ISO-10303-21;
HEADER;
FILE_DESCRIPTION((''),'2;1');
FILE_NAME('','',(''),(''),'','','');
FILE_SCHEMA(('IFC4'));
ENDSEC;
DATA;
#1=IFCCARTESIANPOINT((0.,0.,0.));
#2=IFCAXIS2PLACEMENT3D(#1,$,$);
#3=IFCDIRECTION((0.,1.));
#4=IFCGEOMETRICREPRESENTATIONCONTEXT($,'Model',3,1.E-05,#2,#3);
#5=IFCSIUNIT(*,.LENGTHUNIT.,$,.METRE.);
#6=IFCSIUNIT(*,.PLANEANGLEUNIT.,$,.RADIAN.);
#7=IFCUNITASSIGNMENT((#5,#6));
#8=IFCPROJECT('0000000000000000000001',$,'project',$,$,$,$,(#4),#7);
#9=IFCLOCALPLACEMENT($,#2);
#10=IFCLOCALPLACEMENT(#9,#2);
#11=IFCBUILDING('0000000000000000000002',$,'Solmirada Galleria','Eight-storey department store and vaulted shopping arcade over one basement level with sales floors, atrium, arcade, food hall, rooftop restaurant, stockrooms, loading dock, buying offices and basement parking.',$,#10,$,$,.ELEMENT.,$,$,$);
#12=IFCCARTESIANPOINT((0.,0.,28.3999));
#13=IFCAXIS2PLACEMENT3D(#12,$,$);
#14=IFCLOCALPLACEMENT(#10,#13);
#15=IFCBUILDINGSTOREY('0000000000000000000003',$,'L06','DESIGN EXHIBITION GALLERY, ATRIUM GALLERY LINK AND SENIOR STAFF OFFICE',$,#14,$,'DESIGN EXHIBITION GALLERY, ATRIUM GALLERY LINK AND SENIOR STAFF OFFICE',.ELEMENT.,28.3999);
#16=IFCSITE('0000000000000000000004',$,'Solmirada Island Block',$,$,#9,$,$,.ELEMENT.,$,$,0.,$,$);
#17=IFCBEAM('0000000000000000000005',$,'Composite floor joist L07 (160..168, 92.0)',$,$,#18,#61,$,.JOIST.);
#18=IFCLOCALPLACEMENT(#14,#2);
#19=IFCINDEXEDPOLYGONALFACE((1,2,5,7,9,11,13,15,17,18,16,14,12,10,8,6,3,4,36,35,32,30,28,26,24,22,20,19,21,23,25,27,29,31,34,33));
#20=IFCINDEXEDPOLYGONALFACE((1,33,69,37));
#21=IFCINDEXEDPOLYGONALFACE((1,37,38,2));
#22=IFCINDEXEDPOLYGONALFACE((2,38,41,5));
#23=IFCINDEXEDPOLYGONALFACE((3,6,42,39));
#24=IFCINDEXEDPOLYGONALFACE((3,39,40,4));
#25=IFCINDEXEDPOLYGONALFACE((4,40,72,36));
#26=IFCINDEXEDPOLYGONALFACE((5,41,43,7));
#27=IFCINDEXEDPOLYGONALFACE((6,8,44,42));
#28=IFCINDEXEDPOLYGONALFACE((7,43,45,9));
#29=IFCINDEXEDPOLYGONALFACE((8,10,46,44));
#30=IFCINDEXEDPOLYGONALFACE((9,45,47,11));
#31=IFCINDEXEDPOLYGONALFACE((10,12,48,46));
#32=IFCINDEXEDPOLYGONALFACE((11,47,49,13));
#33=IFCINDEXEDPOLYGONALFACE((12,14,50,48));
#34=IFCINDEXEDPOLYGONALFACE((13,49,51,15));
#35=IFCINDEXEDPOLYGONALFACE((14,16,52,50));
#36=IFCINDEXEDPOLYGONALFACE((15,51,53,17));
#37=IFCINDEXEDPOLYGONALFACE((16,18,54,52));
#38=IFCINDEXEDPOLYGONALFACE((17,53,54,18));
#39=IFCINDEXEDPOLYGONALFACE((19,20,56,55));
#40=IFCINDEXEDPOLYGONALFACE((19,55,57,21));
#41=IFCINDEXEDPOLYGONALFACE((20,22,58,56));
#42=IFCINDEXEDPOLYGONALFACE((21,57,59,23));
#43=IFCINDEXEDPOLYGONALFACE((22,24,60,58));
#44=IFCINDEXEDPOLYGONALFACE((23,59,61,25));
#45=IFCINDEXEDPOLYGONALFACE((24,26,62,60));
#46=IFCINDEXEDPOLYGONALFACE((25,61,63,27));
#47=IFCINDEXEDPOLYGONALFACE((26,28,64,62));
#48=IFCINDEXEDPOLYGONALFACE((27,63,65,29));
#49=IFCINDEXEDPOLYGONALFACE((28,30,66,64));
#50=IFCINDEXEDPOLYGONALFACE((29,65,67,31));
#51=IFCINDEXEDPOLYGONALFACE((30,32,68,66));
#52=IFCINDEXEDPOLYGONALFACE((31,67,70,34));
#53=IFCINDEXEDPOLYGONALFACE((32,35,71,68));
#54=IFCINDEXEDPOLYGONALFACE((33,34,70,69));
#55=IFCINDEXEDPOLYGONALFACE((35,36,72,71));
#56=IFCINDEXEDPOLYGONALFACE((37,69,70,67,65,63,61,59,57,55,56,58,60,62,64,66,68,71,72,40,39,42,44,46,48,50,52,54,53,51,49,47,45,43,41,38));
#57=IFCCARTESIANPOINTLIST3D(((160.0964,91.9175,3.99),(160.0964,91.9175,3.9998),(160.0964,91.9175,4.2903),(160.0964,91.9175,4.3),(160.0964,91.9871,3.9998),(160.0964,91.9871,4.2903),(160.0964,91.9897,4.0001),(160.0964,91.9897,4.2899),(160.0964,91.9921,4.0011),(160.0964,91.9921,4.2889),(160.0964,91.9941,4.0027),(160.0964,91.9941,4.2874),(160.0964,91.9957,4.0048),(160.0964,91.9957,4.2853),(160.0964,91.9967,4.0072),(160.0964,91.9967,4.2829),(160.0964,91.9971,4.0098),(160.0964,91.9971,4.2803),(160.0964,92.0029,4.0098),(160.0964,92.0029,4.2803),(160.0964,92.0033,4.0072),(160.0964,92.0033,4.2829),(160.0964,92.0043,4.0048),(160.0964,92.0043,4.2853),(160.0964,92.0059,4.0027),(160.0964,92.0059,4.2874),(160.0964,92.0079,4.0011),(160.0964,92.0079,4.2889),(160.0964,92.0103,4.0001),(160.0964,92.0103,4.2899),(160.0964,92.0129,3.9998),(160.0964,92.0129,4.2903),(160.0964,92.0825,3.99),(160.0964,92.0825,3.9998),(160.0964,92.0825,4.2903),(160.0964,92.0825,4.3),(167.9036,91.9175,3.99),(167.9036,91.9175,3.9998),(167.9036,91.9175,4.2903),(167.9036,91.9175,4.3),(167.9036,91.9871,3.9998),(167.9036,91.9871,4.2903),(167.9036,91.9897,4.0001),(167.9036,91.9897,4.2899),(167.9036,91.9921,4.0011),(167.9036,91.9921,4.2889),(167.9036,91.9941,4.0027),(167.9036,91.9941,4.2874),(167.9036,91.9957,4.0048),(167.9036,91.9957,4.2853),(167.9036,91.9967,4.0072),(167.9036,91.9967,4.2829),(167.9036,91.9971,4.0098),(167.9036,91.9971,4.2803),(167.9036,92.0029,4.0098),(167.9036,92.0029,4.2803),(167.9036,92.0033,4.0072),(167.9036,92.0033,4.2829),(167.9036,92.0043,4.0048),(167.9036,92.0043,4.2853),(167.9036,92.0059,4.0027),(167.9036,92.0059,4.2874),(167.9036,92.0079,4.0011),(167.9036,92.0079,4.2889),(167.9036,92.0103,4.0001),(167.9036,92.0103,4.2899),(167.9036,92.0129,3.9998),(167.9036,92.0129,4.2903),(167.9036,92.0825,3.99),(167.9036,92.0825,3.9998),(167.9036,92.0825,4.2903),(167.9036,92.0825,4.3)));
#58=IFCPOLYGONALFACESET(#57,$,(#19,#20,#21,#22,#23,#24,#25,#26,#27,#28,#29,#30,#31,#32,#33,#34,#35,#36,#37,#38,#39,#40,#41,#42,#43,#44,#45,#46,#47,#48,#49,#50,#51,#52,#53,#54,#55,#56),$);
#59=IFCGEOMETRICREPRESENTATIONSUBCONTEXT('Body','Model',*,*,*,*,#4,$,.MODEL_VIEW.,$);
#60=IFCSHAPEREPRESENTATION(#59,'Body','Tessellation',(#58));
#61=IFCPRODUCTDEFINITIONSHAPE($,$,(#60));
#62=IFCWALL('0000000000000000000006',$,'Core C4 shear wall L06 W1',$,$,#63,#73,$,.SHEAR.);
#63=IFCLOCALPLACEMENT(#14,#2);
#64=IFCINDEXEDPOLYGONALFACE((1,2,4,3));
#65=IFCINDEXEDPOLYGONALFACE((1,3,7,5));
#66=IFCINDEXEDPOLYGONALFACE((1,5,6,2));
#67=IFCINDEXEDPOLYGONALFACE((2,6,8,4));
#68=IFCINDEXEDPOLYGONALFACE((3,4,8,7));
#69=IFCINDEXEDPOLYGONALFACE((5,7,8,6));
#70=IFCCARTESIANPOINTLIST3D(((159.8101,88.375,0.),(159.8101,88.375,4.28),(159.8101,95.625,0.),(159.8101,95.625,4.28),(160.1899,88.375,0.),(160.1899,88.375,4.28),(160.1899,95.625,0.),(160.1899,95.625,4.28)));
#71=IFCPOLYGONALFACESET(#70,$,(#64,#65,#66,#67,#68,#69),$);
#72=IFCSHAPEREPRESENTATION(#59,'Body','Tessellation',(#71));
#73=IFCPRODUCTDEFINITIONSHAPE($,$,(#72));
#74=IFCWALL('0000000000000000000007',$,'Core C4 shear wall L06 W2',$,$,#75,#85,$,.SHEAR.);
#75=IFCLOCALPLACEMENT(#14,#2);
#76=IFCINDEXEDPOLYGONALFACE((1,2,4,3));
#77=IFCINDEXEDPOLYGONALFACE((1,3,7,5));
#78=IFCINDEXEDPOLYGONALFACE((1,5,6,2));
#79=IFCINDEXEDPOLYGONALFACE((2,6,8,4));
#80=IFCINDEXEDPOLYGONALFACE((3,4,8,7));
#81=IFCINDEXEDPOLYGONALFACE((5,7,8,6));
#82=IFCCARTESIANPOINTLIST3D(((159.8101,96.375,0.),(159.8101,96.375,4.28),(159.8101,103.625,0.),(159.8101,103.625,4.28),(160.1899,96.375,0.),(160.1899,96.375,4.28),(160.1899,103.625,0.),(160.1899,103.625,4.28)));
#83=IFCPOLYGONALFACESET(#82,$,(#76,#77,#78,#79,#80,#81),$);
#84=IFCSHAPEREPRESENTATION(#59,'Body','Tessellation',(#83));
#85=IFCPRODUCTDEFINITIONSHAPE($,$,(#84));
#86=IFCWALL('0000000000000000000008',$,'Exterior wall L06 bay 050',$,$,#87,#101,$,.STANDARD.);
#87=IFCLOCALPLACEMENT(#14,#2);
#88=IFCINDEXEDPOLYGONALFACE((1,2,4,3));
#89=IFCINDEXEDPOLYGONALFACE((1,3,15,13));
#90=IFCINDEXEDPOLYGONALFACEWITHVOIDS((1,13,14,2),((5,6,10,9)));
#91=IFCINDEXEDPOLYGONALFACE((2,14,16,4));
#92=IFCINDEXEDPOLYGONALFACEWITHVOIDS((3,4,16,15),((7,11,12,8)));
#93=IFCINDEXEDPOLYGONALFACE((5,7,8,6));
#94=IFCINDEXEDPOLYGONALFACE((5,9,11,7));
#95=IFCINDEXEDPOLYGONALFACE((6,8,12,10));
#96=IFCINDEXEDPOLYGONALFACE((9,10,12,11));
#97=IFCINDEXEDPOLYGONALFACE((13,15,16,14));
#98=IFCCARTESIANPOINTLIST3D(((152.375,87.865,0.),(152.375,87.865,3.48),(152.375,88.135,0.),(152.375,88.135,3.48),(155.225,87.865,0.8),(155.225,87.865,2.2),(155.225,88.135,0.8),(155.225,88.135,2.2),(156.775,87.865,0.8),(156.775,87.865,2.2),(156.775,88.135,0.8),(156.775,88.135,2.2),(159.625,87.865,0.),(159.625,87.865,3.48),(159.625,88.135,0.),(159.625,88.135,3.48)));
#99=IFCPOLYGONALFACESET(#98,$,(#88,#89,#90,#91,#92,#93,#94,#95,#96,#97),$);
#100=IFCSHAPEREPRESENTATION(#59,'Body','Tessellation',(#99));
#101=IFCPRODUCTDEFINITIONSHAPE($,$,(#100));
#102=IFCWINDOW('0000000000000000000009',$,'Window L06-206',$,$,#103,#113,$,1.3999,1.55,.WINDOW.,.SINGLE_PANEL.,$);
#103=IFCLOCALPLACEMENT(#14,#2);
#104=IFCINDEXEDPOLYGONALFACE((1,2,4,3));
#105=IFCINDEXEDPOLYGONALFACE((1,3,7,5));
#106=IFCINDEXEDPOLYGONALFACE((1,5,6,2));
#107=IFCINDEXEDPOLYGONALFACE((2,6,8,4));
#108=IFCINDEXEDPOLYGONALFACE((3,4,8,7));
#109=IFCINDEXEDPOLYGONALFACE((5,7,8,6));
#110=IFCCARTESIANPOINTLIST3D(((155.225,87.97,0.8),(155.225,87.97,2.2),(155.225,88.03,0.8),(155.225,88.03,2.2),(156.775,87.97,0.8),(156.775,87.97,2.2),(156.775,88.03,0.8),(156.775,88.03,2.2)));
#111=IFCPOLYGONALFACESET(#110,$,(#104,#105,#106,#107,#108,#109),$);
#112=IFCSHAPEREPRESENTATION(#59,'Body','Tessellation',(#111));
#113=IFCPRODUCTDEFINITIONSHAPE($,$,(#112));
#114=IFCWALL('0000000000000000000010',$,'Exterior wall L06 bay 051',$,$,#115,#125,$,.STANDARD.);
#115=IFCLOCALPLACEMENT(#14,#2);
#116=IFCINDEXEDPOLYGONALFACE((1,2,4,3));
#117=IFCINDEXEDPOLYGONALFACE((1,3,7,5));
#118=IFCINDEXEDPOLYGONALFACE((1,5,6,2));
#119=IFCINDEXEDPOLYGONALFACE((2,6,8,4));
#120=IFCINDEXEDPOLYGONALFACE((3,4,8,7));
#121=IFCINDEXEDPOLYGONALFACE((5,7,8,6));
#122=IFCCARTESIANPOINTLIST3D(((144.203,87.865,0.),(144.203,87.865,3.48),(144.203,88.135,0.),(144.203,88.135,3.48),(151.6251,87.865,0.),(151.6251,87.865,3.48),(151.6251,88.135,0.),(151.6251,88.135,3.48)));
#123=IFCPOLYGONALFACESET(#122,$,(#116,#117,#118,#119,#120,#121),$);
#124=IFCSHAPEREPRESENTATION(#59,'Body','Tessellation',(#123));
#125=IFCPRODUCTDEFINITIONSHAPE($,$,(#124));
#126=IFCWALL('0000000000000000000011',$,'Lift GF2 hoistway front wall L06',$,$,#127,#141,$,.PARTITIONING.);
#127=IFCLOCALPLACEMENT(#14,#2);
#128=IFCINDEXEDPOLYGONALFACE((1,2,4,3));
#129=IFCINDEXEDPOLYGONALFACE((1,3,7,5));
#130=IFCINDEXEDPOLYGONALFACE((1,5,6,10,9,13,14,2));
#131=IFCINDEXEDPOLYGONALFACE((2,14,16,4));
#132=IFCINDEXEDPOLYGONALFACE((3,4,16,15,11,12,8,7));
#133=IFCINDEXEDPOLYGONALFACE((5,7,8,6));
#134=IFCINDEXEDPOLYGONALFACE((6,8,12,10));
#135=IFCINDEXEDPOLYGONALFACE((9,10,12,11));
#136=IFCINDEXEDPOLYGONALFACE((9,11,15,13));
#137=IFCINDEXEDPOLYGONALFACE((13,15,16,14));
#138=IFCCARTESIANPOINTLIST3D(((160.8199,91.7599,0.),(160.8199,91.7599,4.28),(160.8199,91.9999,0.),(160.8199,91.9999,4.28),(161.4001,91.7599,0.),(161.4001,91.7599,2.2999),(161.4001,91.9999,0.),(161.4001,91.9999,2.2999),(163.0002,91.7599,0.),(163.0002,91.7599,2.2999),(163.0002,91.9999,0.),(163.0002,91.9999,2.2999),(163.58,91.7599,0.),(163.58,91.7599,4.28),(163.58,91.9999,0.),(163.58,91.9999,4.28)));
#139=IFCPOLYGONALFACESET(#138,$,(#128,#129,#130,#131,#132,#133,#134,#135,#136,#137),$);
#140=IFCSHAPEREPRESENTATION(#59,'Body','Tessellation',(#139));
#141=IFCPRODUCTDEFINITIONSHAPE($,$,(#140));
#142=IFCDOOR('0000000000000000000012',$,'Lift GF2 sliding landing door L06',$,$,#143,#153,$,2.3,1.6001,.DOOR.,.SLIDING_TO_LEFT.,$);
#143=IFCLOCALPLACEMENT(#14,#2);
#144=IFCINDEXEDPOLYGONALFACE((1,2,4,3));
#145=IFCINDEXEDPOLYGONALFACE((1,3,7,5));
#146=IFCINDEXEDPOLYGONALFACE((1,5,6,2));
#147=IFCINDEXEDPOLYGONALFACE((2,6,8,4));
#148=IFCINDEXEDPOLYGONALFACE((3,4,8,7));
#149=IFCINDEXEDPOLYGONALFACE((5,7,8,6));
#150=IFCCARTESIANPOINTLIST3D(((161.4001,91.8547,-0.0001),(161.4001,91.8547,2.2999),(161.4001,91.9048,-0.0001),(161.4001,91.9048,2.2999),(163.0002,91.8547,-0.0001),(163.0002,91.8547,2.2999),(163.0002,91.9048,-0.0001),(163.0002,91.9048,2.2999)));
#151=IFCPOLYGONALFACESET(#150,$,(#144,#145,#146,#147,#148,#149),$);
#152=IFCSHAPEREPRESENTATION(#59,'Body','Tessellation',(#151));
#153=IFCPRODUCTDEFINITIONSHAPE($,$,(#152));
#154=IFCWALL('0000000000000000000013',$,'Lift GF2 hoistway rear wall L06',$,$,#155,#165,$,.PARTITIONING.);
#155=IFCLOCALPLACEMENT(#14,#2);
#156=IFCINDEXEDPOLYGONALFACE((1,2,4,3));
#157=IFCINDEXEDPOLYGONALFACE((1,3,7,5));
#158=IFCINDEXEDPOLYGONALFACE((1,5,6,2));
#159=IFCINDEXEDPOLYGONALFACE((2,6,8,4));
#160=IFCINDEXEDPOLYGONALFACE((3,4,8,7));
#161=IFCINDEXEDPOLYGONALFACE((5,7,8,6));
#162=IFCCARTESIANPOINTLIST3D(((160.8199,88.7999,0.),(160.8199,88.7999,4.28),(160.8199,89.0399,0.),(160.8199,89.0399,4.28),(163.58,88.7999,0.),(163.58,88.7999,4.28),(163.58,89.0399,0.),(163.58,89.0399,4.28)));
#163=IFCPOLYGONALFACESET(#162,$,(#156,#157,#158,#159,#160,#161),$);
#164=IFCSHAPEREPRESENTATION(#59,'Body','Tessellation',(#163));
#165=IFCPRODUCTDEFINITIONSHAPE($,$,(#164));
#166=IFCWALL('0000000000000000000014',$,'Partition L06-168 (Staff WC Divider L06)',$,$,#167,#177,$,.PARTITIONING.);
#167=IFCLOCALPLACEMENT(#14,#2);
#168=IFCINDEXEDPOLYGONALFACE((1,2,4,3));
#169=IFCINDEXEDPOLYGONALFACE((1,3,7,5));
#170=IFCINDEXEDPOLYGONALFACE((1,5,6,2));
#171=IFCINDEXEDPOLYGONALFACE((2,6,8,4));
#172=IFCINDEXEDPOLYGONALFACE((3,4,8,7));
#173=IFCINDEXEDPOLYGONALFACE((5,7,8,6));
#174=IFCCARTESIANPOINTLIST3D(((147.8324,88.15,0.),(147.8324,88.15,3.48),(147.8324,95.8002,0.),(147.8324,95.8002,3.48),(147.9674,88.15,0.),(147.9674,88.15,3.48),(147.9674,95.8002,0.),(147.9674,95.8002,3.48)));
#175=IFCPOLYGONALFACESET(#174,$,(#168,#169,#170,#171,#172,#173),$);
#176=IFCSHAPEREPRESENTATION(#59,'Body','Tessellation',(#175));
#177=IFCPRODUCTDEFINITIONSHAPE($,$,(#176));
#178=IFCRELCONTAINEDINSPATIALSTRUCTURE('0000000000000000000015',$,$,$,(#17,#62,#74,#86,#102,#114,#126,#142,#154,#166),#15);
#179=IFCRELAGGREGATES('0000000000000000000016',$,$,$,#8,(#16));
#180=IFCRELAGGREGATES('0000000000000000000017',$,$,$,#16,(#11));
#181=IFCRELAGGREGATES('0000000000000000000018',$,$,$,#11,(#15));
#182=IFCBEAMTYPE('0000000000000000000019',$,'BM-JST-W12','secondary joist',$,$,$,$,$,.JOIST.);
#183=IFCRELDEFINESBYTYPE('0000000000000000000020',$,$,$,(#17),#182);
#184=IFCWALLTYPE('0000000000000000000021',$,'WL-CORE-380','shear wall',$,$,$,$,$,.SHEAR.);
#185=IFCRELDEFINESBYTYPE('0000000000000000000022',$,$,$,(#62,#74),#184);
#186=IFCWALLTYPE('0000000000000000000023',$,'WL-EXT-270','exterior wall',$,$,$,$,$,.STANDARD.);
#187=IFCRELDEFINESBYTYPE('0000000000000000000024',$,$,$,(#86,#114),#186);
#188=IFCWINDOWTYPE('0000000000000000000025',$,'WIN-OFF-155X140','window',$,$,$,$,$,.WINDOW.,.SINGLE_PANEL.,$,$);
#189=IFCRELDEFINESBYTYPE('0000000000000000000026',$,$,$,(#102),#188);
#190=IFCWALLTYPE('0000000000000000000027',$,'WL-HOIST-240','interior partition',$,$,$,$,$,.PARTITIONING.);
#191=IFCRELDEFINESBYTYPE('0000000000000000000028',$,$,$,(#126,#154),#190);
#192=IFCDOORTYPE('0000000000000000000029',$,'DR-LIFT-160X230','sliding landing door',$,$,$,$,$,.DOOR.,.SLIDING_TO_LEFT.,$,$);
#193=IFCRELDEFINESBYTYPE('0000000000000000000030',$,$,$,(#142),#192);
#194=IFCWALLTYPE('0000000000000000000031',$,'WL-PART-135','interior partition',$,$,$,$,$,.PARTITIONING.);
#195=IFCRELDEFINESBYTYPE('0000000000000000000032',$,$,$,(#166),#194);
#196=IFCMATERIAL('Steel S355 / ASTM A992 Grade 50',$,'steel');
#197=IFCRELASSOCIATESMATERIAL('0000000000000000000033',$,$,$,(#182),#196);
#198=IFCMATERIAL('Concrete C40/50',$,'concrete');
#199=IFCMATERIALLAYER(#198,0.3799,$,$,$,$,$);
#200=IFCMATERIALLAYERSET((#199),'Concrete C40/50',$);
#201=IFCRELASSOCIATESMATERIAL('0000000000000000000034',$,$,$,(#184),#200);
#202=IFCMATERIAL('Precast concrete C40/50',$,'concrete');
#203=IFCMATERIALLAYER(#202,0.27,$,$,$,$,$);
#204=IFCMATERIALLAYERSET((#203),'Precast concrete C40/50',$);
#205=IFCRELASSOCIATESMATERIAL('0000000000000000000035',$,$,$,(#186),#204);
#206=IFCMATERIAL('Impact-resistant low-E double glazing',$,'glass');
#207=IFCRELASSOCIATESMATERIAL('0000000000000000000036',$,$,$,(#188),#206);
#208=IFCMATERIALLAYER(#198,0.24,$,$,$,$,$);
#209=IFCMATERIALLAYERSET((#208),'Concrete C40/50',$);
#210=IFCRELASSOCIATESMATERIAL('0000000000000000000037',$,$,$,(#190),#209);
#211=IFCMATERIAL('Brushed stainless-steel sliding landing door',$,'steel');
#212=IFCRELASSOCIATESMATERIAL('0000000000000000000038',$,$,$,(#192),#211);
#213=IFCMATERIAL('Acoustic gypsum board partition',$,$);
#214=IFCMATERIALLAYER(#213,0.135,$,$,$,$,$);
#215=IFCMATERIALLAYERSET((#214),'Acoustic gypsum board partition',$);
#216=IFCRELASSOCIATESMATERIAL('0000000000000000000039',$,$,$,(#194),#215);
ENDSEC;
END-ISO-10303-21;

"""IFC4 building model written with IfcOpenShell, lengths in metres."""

from ifc_helpers import new_model, si_unit, direction, frame, frame_2d, origin, origin_2d, place, context, subcontext, project, spatial, rectangle, i_section, extrude, material, layer, layer_set, material_profile, profile_set, type_object, element, fill, save


model = new_model("IFC4")

# Units and contexts
model_context = context("Model", 3, precision=1e-05, world=origin(), true_north=direction((0.0, 1.0)))
body_context = subcontext(model_context, "Body", "Model", "MODEL_VIEW")
ifc_project = project(units=[si_unit("LENGTHUNIT", "METRE"), si_unit("PLANEANGLEUNIT", "RADIAN")], contexts=[model_context])

# Site, building, storey
site_placement = place(None, origin())
site = spatial("IfcSite", under=ifc_project, at=site_placement, Name="Solmirada Island Block", CompositionType="ELEMENT", RefElevation=0.0)
building_placement = place(site_placement, origin())
building = spatial("IfcBuilding", under=site, at=building_placement, Name="Solmirada Galleria", Description="Eight-storey department store and vaulted shopping arcade over one basement level with sales floors, atrium, arcade, food hall, rooftop restaurant, stockrooms, loading dock, buying offices and basement parking.", CompositionType="ELEMENT")
storey_placement = place(building_placement, frame((0.0, 0.0, 28.3999)))
storey = spatial("IfcBuildingStorey", under=building, at=storey_placement, Name="L06", Description="DESIGN EXHIBITION GALLERY, ATRIUM GALLERY LINK AND SENIOR STAFF OFFICE", LongName="DESIGN EXHIBITION GALLERY, ATRIUM GALLERY LINK AND SENIOR STAFF OFFICE", CompositionType="ELEMENT", Elevation=28.3999)

# Shared definitions
ifc_material_1 = material(Name="Concrete C40/50", Category="concrete")

# Beam
ifc_material_2 = material(Name="Steel S355 / ASTM A992 Grade 50", Category="steel")
ifc_material_profile_1 = material_profile(ifc_material_2, i_section(OverallWidth=0.165, OverallDepth=0.3101, WebThickness=0.0059, FlangeThickness=0.0098, FilletRadius=0.01, at=origin_2d()), Name="W12X26")
ifc_profile_set_1 = profile_set([ifc_material_profile_1], Name="Steel S355 / ASTM A992 Grade 50")
beam_type_1 = type_object("IfcBeamType", Name="BM-JST-W12", Description="secondary joist", PredefinedType="JOIST", material=ifc_profile_set_1)
for number, where, z_axis, x_axis, name in (
    (1, (160.0964, 92.0, 4.145), (1.0, 0.0, 0.0), (0.0, 1.0, 0.0), "Composite floor joist L07 (160..168, 92.0)"),
):
    element("IfcBeam", number, at=place(storey_placement, frame(where, z_axis=z_axis, x_axis=x_axis)), inside=storey, type_object=beam_type_1, Name=name, PredefinedType="JOIST", context=body_context, shape_type="SweptSolid", body=[
        extrude(i_section(OverallWidth=0.165, OverallDepth=0.3101, WebThickness=0.0059, FlangeThickness=0.0098, FilletRadius=0.01, at=origin_2d()), origin(), (0.0, 0.0, 1.0), 7.8071),
    ])

# Walls
ifc_layer_1 = layer(ifc_material_1, 0.3799)
ifc_layer_set_1 = layer_set([ifc_layer_1], Name="Concrete C40/50")
wall_type_1 = type_object("IfcWallType", Name="WL-CORE-380", Description="shear wall", PredefinedType="SHEAR", material=ifc_layer_set_1)
for number, where, z_axis, x_axis, name in (
    (2, (160.0, 88.375, 0.0), (0.0, 0.0, 1.0), (0.0, 1.0, 0.0), "Core C4 shear wall L06 W1"),
    (3, (160.0, 96.375, 0.0), (0.0, 0.0, 1.0), (0.0, 1.0, 0.0), "Core C4 shear wall L06 W2"),
):
    element("IfcWall", number, at=place(storey_placement, frame(where, z_axis=z_axis, x_axis=x_axis)), inside=storey, type_object=wall_type_1, Name=name, PredefinedType="SHEAR", context=body_context, shape_type="SweptSolid", body=[
        extrude(rectangle(XDim=7.25, YDim=0.3799, at=frame_2d((3.625, 0.0))), origin(), (0.0, 0.0, 1.0), 4.28),
    ])

# Wall, opening, window
ifc_material_3 = material(Name="Precast concrete C40/50", Category="concrete")
ifc_layer_2 = layer(ifc_material_3, 0.27)
ifc_layer_set_2 = layer_set([ifc_layer_2], Name="Precast concrete C40/50")
wall_type_2 = type_object("IfcWallType", Name="WL-EXT-270", Description="exterior wall", PredefinedType="STANDARD", material=ifc_layer_set_2)
wall_1_placement = place(storey_placement, frame((159.625, 88.0, 0.0), z_axis=(0.0, 0.0, 1.0), x_axis=(-1.0, 0.0, 0.0)))
wall_1 = element("IfcWall", 4, at=wall_1_placement, inside=storey, type_object=wall_type_2, Name="Exterior wall L06 bay 050", PredefinedType="STANDARD", context=body_context, shape_type="SweptSolid", body=[
    extrude(rectangle(XDim=7.25, YDim=0.27, at=frame_2d((3.625, 0.0))), origin(), (0.0, 0.0, 1.0), 3.48),
])
opening_1_placement = place(wall_1_placement, frame((2.8501, 0.0, 0.8)))
opening_1 = element("IfcOpeningElement", 5, at=opening_1_placement, cuts=wall_1, PredefinedType="OPENING", context=body_context, shape_type="SweptSolid", body=[
    extrude(rectangle(XDim=1.55, YDim=1.3999, at=frame_2d((0.7749, 0.7))), frame((0.0, 0.145, 0.0), z_axis=(0.0, -1.0, 0.0), x_axis=(1.0, 0.0, 0.0)), (0.0, 0.0, 1.0), 0.29),
])
ifc_material_4 = material(Name="Impact-resistant low-E double glazing", Category="glass")
window_type = type_object("IfcWindowType", Name="WIN-OFF-155X140", Description="window", PartitioningType="SINGLE_PANEL", PredefinedType="WINDOW", material=ifc_material_4)
window_placement = place(opening_1_placement, origin())
window = element("IfcWindow", 6, at=window_placement, inside=storey, type_object=window_type, Name="Window L06-206", OverallHeight=1.3999, OverallWidth=1.55, PartitioningType="SINGLE_PANEL", PredefinedType="WINDOW", context=body_context, shape_type="SweptSolid", body=[
    extrude(rectangle(XDim=1.55, YDim=1.3999, at=frame_2d((0.7749, 0.7))), frame((0.0, 0.03, 0.0), z_axis=(0.0, -1.0, 0.0), x_axis=(1.0, 0.0, 0.0)), (0.0, 0.0, 1.0), 0.0601),
])
fill(opening_1, window)

# Wall
wall_2_placement = place(storey_placement, frame((151.625, 88.0, 0.0), z_axis=(0.0, 0.0, 1.0), x_axis=(-1.0, 0.0, 0.0)))
element("IfcWall", 7, at=wall_2_placement, inside=storey, type_object=wall_type_2, Name="Exterior wall L06 bay 051", PredefinedType="STANDARD", context=body_context, shape_type="SweptSolid", body=[
    extrude(rectangle(XDim=7.4221, YDim=0.27, at=frame_2d((3.7109, 0.0))), origin(), (0.0, 0.0, 1.0), 3.48),
])

# Wall, opening, door
ifc_layer_3 = layer(ifc_material_1, 0.24)
ifc_layer_set_3 = layer_set([ifc_layer_3], Name="Concrete C40/50")
wall_type_3 = type_object("IfcWallType", Name="WL-HOIST-240", Description="interior partition", PredefinedType="PARTITIONING", material=ifc_layer_set_3)
wall_3_placement = place(storey_placement, frame((160.8201, 91.8799, 0.0), z_axis=(0.0, 0.0, 1.0), x_axis=(1.0, 0.0, 0.0)))
wall_3 = element("IfcWall", 8, at=wall_3_placement, inside=storey, type_object=wall_type_3, Name="Lift GF2 hoistway front wall L06", PredefinedType="PARTITIONING", context=body_context, shape_type="SweptSolid", body=[
    extrude(rectangle(XDim=2.76, YDim=0.24, at=frame_2d((1.3799, 0.0))), origin(), (0.0, 0.0, 1.0), 4.28),
])
opening_2_placement = place(wall_3_placement, frame((0.5801, 0.0, 0.0)))
opening_2 = element("IfcOpeningElement", 9, at=opening_2_placement, cuts=wall_3, PredefinedType="OPENING", context=body_context, shape_type="SweptSolid", body=[
    extrude(rectangle(XDim=1.6001, YDim=2.3, at=frame_2d((0.8, 1.1499))), frame((0.0, 0.1299, 0.0), z_axis=(0.0, -1.0, 0.0), x_axis=(1.0, 0.0, 0.0)), (0.0, 0.0, 1.0), 0.26),
])
ifc_material_5 = material(Name="Brushed stainless-steel sliding landing door", Category="steel")
door_type_1 = type_object("IfcDoorType", Name="DR-LIFT-160X230", Description="sliding landing door", OperationType="SLIDING_TO_LEFT", PredefinedType="DOOR", material=ifc_material_5)
door_1_placement = place(opening_2_placement, origin())
door_1 = element("IfcDoor", 10, at=door_1_placement, inside=storey, type_object=door_type_1, Name="Lift GF2 sliding landing door L06", OperationType="SLIDING_TO_LEFT", OverallHeight=2.3, OverallWidth=1.6001, PredefinedType="DOOR", context=body_context, shape_type="SweptSolid", body=[
    extrude(rectangle(XDim=1.6001, YDim=2.3, at=frame_2d((0.8, 1.1499))), frame((0.0, 0.0249, 0.0), z_axis=(0.0, -1.0, 0.0), x_axis=(1.0, 0.0, 0.0)), (0.0, 0.0, 1.0), 0.05),
])
fill(opening_2, door_1)

# Walls
wall_4_placement = place(storey_placement, frame((160.8201, 88.9199, 0.0), z_axis=(0.0, 0.0, 1.0), x_axis=(1.0, 0.0, 0.0)))
element("IfcWall", 11, at=wall_4_placement, inside=storey, type_object=wall_type_3, Name="Lift GF2 hoistway rear wall L06", PredefinedType="PARTITIONING", context=body_context, shape_type="SweptSolid", body=[
    extrude(rectangle(XDim=2.76, YDim=0.24, at=frame_2d((1.3799, 0.0))), origin(), (0.0, 0.0, 1.0), 4.28),
])
ifc_material_6 = material(Name="Acoustic gypsum board partition")
ifc_layer_4 = layer(ifc_material_6, 0.135)
ifc_layer_set_4 = layer_set([ifc_layer_4], Name="Acoustic gypsum board partition")
wall_type_4 = type_object("IfcWallType", Name="WL-PART-135", Description="interior partition", PredefinedType="PARTITIONING", material=ifc_layer_set_4)
wall_5_placement = place(storey_placement, frame((147.8999, 88.1499, 0.0), z_axis=(0.0, 0.0, 1.0), x_axis=(0.0, 1.0, 0.0)))
element("IfcWall", 12, at=wall_5_placement, inside=storey, type_object=wall_type_4, Name="Partition L06-168 (Staff WC Divider L06)", PredefinedType="PARTITIONING", context=body_context, shape_type="SweptSolid", body=[
    extrude(rectangle(XDim=7.6501, YDim=0.135, at=frame_2d((3.8252, 0.0))), origin(), (0.0, 0.0, 1.0), 3.48),
])

save(model, "model.ifc")
